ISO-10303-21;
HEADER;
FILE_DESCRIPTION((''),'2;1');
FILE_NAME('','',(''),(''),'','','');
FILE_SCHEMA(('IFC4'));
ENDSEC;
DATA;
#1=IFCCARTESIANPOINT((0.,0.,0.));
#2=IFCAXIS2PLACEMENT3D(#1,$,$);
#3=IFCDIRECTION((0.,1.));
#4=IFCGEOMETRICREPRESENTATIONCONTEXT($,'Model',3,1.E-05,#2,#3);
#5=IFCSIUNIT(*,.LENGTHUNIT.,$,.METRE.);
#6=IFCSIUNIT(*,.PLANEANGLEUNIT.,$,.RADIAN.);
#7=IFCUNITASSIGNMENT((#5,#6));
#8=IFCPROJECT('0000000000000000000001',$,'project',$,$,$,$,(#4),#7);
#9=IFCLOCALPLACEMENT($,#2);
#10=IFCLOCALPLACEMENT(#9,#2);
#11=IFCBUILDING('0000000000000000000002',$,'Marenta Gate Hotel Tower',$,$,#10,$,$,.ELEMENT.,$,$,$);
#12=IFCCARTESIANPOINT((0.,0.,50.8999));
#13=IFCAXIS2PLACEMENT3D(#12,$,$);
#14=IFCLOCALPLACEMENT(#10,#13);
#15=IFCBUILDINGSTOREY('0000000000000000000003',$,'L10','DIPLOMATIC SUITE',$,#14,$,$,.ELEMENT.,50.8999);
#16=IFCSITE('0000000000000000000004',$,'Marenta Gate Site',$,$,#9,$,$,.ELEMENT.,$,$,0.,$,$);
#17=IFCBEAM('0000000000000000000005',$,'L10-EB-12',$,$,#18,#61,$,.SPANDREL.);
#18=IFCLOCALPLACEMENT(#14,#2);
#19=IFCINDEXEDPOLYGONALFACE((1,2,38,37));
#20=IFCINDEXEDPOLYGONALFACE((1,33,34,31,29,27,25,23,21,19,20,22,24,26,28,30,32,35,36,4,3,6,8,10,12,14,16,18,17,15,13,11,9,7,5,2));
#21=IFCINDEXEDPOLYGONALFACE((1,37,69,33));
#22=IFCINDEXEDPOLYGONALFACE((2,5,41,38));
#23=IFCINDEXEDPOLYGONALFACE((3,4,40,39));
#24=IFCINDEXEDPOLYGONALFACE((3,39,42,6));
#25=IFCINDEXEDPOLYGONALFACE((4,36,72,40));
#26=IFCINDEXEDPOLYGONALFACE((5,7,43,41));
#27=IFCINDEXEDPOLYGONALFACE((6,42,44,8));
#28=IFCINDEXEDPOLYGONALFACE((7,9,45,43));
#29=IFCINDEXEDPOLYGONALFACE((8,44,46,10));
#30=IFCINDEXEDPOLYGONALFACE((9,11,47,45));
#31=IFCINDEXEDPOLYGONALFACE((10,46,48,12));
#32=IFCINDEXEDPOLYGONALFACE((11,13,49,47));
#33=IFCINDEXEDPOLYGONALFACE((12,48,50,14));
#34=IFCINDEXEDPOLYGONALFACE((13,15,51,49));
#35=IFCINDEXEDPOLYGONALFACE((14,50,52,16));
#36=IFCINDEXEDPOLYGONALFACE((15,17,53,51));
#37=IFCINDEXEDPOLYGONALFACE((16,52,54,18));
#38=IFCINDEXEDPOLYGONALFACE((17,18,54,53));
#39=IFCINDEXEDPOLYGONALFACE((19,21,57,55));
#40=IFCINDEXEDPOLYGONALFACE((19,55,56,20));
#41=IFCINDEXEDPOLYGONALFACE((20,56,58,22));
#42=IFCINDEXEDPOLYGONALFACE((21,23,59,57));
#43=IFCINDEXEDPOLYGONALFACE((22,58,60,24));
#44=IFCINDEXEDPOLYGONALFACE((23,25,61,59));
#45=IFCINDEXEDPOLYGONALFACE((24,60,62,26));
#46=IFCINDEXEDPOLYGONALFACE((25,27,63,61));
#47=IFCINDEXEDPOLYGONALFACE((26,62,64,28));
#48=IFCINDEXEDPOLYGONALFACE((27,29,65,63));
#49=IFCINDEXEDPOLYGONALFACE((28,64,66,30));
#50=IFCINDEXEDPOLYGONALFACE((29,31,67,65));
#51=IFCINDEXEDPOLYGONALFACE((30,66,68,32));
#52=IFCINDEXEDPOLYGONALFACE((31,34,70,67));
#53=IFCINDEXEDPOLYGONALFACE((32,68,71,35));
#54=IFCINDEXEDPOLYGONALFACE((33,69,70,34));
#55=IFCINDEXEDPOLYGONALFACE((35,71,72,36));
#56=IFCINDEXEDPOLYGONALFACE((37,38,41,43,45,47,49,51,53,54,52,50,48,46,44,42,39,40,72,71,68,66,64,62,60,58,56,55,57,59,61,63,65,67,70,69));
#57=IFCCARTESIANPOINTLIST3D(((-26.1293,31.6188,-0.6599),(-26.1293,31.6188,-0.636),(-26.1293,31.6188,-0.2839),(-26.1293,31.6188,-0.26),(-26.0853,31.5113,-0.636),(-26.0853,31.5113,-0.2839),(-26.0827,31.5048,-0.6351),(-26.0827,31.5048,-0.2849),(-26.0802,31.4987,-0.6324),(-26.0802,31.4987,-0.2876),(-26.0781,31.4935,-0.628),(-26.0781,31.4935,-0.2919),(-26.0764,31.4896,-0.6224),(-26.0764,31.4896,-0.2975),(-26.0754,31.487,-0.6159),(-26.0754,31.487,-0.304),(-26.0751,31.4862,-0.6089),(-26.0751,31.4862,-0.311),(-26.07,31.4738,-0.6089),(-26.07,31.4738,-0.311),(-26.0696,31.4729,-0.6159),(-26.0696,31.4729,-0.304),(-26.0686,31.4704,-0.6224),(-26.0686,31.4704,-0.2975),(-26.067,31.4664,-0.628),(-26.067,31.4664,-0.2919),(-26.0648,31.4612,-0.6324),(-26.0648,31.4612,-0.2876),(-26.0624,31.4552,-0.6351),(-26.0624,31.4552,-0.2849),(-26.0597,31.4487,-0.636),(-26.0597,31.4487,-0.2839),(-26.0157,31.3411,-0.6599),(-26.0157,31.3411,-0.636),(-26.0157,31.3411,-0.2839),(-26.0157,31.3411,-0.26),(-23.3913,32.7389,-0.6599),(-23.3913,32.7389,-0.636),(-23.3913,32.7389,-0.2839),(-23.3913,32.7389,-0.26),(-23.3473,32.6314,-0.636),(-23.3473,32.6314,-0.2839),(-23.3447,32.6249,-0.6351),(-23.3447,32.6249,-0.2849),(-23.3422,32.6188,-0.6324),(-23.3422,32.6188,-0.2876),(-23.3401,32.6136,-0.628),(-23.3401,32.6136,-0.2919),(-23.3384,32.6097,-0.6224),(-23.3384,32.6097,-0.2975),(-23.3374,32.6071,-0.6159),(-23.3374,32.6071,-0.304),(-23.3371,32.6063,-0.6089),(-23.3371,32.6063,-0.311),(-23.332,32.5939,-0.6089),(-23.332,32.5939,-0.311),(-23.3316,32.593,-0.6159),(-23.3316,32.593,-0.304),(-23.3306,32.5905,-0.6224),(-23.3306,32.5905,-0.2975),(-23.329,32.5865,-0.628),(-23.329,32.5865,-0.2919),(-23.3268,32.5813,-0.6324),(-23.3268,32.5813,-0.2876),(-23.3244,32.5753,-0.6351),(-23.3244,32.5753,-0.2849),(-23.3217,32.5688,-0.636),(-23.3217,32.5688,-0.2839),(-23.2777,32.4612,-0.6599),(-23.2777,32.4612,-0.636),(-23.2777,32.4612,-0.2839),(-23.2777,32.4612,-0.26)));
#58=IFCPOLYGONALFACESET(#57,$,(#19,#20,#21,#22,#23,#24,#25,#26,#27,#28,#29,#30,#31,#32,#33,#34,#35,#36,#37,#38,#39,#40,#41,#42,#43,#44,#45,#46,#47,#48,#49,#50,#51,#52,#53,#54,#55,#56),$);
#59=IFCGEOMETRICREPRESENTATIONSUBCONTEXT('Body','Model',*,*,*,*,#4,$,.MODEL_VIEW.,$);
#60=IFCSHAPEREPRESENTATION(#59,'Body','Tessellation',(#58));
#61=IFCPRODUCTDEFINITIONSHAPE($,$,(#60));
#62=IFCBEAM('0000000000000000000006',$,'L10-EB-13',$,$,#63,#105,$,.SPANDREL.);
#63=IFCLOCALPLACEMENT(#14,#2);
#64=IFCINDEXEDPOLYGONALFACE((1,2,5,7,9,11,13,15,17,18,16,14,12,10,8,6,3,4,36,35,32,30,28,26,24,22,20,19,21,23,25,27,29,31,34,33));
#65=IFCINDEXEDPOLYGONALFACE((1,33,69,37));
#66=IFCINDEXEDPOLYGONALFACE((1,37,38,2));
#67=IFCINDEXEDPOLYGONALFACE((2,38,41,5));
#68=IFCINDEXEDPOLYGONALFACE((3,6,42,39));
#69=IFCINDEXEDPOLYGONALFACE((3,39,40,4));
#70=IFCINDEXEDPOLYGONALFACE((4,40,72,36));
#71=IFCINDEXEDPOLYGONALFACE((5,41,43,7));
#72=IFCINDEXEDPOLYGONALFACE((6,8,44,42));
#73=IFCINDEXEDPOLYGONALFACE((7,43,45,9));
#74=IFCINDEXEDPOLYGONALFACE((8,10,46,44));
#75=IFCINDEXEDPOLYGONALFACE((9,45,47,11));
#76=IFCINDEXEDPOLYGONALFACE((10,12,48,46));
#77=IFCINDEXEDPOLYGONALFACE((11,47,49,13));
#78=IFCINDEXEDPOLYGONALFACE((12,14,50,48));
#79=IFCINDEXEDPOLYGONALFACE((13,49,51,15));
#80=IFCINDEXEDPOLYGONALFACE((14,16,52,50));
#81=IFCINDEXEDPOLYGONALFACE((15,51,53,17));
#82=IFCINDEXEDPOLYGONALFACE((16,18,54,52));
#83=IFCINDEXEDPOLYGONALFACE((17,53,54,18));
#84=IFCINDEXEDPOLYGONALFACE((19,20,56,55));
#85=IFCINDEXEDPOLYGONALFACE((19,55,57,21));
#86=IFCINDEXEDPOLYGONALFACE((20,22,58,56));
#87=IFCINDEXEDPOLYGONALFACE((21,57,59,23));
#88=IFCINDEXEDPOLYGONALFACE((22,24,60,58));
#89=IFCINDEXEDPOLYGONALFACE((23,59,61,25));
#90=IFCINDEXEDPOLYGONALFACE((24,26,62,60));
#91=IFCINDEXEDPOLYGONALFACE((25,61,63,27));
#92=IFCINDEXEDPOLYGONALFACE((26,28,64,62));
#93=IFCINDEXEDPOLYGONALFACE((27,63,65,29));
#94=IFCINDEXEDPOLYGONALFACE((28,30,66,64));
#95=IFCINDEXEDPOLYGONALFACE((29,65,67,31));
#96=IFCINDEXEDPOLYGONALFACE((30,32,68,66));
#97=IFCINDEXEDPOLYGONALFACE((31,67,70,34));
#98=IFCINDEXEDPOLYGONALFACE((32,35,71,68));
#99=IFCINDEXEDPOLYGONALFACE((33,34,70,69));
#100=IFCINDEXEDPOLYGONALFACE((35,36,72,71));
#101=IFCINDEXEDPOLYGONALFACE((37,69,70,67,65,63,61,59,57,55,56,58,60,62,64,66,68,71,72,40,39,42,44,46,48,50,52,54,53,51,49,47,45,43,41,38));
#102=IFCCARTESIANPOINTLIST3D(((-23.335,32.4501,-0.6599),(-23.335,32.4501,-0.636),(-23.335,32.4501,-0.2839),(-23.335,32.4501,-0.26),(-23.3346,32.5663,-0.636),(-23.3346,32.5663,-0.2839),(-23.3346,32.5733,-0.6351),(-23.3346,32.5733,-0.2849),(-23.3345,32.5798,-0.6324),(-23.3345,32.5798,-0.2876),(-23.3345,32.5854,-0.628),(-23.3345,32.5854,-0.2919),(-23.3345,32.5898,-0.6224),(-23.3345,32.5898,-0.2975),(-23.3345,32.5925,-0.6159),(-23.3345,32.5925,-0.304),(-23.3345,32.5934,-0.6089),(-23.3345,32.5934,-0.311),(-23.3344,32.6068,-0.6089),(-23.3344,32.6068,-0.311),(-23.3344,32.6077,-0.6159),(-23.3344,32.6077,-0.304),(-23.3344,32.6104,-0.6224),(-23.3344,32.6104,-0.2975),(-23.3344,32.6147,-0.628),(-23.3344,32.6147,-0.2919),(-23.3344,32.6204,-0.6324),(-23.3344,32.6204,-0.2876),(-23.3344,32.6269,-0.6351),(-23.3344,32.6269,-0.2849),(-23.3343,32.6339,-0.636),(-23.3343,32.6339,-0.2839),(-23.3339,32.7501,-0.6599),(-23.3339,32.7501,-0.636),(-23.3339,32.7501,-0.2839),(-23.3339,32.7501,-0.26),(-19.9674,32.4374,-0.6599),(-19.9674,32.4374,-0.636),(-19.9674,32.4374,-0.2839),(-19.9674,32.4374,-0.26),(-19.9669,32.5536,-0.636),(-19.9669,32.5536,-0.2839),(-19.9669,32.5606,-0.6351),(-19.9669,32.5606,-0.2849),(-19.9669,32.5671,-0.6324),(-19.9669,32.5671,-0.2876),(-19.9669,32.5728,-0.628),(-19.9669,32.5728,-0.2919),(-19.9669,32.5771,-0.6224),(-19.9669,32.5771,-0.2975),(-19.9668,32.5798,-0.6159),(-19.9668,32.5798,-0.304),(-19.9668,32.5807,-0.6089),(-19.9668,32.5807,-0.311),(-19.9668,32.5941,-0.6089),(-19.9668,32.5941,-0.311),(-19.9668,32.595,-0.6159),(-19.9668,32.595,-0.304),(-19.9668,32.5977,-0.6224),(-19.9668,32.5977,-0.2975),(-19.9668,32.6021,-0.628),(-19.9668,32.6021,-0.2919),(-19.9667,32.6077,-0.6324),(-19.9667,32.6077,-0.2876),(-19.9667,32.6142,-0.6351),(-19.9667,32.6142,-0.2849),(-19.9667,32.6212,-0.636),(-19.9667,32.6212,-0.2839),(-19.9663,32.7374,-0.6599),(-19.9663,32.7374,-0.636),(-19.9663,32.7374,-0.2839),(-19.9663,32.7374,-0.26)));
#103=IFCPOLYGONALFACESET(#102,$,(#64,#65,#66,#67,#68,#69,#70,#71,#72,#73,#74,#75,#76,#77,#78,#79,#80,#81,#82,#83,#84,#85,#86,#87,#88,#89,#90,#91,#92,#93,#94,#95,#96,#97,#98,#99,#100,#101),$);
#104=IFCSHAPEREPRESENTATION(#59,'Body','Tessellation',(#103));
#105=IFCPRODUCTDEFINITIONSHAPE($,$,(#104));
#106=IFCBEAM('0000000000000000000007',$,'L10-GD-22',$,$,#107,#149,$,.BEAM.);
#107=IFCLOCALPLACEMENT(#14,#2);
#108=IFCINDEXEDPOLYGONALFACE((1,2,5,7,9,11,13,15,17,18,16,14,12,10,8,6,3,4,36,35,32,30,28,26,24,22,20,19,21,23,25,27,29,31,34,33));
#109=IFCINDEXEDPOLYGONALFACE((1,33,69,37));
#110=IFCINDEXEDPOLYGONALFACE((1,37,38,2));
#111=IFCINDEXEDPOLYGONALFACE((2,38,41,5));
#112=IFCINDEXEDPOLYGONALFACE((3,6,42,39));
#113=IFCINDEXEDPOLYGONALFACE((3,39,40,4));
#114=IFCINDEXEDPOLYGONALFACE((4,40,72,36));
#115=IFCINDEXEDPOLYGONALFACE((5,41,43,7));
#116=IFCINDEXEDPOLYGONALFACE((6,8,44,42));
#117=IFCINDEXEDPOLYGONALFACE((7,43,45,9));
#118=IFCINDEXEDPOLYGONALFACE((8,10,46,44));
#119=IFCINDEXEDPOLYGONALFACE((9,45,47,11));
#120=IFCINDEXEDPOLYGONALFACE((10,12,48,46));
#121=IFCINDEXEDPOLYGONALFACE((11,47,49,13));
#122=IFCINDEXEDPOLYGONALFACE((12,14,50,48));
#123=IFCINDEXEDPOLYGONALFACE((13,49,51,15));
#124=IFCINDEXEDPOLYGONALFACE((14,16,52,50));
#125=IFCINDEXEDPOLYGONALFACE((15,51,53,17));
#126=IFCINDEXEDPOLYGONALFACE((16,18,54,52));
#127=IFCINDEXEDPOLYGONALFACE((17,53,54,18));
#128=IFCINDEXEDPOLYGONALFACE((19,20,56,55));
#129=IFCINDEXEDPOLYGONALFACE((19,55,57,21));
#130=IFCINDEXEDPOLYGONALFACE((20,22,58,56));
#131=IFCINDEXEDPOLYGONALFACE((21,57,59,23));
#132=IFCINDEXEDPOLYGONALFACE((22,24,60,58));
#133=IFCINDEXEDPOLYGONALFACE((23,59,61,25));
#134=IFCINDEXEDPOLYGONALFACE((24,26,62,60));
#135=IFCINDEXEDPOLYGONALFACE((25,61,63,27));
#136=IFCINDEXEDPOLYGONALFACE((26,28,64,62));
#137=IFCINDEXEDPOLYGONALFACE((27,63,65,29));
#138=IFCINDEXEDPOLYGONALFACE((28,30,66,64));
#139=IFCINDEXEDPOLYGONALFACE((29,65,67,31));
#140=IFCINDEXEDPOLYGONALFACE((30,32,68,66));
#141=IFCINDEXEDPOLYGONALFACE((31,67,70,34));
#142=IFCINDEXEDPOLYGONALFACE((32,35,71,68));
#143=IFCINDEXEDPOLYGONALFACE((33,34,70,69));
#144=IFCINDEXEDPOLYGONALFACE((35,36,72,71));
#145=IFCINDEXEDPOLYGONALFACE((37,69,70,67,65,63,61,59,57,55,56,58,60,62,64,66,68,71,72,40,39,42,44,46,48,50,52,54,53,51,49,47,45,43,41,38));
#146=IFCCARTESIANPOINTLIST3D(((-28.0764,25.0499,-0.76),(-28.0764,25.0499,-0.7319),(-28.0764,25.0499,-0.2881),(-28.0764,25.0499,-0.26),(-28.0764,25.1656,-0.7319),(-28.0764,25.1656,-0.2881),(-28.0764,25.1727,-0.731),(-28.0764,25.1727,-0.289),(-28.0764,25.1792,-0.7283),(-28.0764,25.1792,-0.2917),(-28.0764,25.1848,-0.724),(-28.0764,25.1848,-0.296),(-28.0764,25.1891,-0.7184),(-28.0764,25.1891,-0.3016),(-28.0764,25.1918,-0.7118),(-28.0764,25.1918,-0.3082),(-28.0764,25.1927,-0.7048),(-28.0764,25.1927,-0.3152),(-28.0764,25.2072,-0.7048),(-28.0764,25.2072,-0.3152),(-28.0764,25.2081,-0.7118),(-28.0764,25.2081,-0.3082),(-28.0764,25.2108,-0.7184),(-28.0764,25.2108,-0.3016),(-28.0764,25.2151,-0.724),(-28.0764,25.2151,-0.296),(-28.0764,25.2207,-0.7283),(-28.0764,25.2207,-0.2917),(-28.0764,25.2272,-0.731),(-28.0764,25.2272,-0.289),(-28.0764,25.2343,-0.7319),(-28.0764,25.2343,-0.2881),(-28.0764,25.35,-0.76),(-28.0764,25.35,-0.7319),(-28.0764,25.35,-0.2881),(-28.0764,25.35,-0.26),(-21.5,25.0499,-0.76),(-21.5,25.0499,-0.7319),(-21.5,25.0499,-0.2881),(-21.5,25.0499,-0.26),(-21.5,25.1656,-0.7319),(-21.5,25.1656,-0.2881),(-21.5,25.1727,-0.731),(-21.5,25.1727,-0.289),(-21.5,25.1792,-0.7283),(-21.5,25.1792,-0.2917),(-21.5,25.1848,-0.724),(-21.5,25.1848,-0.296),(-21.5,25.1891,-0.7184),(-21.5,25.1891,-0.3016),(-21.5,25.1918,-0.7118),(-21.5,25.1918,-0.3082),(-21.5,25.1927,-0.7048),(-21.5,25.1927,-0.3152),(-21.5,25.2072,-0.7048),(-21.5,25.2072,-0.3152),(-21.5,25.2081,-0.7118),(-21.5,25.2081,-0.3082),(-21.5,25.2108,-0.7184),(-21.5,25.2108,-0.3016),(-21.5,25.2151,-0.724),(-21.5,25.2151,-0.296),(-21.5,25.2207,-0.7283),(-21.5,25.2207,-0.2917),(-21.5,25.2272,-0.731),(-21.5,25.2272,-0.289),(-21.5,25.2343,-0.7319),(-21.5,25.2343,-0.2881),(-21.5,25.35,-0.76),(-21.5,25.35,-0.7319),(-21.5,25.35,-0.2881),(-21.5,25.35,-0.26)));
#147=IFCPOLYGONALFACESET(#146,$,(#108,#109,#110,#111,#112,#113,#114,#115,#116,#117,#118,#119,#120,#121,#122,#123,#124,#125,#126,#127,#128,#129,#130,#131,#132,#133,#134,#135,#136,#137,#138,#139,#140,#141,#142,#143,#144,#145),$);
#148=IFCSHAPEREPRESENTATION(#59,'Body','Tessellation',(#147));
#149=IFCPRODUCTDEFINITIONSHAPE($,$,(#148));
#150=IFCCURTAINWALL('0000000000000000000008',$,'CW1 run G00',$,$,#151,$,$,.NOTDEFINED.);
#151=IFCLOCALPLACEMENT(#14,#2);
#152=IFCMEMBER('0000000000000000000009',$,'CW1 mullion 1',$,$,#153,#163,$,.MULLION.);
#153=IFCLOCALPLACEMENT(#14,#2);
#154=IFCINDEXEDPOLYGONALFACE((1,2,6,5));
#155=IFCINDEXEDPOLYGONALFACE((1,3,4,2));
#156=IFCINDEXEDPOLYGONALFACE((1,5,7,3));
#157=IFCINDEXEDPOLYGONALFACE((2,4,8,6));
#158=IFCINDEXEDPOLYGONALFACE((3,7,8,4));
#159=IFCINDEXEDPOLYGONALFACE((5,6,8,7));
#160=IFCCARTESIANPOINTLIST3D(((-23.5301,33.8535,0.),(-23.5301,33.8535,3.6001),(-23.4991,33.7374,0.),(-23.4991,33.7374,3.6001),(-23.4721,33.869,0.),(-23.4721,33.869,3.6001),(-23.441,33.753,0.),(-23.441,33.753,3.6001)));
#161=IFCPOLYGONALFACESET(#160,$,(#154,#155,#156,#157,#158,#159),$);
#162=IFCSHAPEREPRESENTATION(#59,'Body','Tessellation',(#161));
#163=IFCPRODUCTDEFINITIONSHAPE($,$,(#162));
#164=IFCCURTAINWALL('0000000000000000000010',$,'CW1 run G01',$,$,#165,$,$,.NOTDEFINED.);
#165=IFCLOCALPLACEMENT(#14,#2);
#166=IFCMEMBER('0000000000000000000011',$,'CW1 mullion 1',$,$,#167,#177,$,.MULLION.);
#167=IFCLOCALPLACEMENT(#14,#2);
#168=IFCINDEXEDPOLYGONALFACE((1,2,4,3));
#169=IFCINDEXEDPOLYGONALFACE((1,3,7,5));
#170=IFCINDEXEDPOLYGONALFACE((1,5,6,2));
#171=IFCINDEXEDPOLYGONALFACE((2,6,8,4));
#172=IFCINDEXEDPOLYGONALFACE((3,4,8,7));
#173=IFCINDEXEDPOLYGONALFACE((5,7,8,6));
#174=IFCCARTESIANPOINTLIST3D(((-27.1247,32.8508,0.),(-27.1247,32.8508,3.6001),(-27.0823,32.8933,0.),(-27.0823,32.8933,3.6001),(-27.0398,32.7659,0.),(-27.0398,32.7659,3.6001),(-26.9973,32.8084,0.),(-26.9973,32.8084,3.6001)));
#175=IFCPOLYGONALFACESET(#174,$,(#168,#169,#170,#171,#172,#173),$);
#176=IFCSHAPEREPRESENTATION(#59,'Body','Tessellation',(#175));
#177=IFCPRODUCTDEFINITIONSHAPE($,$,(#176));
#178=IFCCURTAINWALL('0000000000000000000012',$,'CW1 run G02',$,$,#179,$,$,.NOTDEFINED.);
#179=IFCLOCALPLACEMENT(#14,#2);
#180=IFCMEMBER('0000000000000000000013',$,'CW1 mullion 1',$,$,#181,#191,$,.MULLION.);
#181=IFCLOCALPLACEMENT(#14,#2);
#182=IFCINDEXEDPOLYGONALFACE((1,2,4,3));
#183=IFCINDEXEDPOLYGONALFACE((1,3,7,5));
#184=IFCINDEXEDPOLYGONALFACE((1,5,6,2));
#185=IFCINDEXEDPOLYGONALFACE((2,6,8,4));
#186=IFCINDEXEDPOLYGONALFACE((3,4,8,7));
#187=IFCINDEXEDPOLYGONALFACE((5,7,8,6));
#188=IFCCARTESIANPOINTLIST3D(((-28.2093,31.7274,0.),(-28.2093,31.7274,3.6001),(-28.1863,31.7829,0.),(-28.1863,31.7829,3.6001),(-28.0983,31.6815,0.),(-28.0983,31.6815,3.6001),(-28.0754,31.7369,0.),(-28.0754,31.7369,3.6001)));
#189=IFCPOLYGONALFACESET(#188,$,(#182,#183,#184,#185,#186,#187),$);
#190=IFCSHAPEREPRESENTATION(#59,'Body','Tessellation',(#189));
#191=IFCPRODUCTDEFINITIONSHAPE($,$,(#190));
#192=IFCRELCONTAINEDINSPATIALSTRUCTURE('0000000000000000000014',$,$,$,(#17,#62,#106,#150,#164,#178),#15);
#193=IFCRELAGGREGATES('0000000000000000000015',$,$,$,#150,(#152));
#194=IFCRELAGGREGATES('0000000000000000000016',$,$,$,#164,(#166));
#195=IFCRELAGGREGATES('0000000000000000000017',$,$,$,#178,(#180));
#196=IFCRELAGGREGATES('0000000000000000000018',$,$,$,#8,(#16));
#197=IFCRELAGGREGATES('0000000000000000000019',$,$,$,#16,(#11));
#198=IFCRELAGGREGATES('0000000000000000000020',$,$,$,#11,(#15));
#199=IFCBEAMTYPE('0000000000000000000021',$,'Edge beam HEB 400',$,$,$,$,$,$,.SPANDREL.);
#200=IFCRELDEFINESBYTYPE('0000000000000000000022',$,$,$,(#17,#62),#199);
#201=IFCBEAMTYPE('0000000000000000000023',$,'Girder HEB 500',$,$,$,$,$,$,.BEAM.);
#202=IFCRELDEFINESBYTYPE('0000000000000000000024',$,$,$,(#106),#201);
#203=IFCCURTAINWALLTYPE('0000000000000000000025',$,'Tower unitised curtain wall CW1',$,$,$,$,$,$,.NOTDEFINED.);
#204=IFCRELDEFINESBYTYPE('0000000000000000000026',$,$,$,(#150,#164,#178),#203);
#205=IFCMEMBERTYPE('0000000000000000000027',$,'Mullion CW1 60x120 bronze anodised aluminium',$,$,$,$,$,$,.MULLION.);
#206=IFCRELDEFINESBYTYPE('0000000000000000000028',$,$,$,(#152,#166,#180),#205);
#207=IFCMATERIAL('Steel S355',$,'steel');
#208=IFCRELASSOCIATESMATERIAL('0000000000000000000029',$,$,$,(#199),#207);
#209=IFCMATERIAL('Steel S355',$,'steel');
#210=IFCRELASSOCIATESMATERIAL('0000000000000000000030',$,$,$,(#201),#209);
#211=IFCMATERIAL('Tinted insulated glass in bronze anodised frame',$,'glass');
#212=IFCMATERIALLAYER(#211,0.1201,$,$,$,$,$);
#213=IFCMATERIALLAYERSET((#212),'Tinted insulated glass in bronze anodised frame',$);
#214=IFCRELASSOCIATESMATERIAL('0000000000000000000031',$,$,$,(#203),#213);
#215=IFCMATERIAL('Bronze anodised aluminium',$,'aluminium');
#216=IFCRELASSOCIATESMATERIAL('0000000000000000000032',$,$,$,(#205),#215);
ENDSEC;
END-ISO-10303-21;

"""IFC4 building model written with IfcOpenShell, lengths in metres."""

from ifc_helpers import new_model, si_unit, direction, frame, origin, origin_2d, place, context, subcontext, project, spatial, rectangle, i_section, extrude, material, layer, layer_set, material_profile, profile_set, type_object, element, aggregate, save


model = new_model("IFC4")

# Units and contexts
model_context = context("Model", 3, precision=1e-05, world=origin(), true_north=direction((0.0, 1.0)))
body_context = subcontext(model_context, "Body", "Model", "MODEL_VIEW")
ifc_project = project(units=[si_unit("LENGTHUNIT", "METRE"), si_unit("PLANEANGLEUNIT", "RADIAN")], contexts=[model_context])

# Site, building, storey
site_placement = place(None, origin())
site = spatial("IfcSite", under=ifc_project, at=site_placement, Name="Marenta Gate Site", CompositionType="ELEMENT", RefElevation=0.0)
building_placement = place(site_placement, origin())
building = spatial("IfcBuilding", under=site, at=building_placement, Name="Marenta Gate Hotel Tower", CompositionType="ELEMENT")
storey_placement = place(building_placement, frame((0.0, 0.0, 50.8999)))
storey = spatial("IfcBuildingStorey", under=building, at=storey_placement, Name="L10", Description="DIPLOMATIC SUITE", CompositionType="ELEMENT", Elevation=50.8999)

# Beams
ifc_material_1 = material(Name="Steel S355", Category="steel")
ifc_material_profile_1 = material_profile(ifc_material_1, i_section(OverallWidth=0.3, OverallDepth=0.3999, WebThickness=0.0134, FlangeThickness=0.0239, FilletRadius=0.0271, at=origin_2d()), Name="HEB 400")
ifc_profile_set_1 = profile_set([ifc_material_profile_1], Name="Steel S355")
beam_type_1 = type_object("IfcBeamType", Name="Edge beam HEB 400", PredefinedType="SPANDREL", material=ifc_profile_set_1)
beam_1_placement = place(storey_placement, frame((-26.0725, 31.48, -0.46), z_axis=(0.925546, 0.378636, 0.0), x_axis=(-0.378636, 0.925546, 0.0)))
element("IfcBeam", 1, at=beam_1_placement, inside=storey, type_object=beam_type_1, Name="L10-EB-12", PredefinedType="SPANDREL", context=body_context, shape_type="SweptSolid", body=[
    extrude(i_section(OverallWidth=0.3, OverallDepth=0.3999, WebThickness=0.0134, FlangeThickness=0.0239, FilletRadius=0.0271, at=origin_2d()), origin(), (0.0, 0.0, 1.0), 2.9583),
])
beam_2_placement = place(storey_placement, frame((-23.3345, 32.6001, -0.46), z_axis=(0.999993, -0.00377, 0.0), x_axis=(0.00377, 0.999993, 0.0)))
element("IfcBeam", 2, at=beam_2_placement, inside=storey, type_object=beam_type_1, Name="L10-EB-13", PredefinedType="SPANDREL", context=body_context, shape_type="SweptSolid", body=[
    extrude(i_section(OverallWidth=0.3, OverallDepth=0.3999, WebThickness=0.0134, FlangeThickness=0.0239, FilletRadius=0.0271, at=origin_2d()), origin(), (0.0, 0.0, 1.0), 3.3677),
])
ifc_material_2 = material(Name="Steel S355", Category="steel")
ifc_material_profile_2 = material_profile(ifc_material_2, i_section(OverallWidth=0.3, OverallDepth=0.5, WebThickness=0.0144, FlangeThickness=0.0281, FilletRadius=0.0271, at=origin_2d()), Name="HEB 500")
ifc_profile_set_2 = profile_set([ifc_material_profile_2], Name="Steel S355")
beam_type_2 = type_object("IfcBeamType", Name="Girder HEB 500", PredefinedType="BEAM", material=ifc_profile_set_2)
beam_3_placement = place(storey_placement, frame((-28.0764, 25.2, -0.51), z_axis=(1.0, 0.0, 0.0), x_axis=(0.0, 1.0, 0.0)))
element("IfcBeam", 3, at=beam_3_placement, inside=storey, type_object=beam_type_2, Name="L10-GD-22", PredefinedType="BEAM", context=body_context, shape_type="SweptSolid", body=[
    extrude(i_section(OverallWidth=0.3, OverallDepth=0.5, WebThickness=0.0144, FlangeThickness=0.0281, FilletRadius=0.0271, at=origin_2d()), origin(), (0.0, 0.0, 1.0), 6.5764),
])

# Curtain walls, members
ifc_material_3 = material(Name="Tinted insulated glass in bronze anodised frame", Category="glass")
ifc_layer_1 = layer(ifc_material_3, 0.1201)
ifc_layer_set_1 = layer_set([ifc_layer_1], Name="Tinted insulated glass in bronze anodised frame")
curtain_wall_type = type_object("IfcCurtainWallType", Name="Tower unitised curtain wall CW1", PredefinedType="NOTDEFINED", material=ifc_layer_set_1)
curtain_wall_1_placement = place(storey_placement, origin())
curtain_wall_1 = element("IfcCurtainWall", 4, at=curtain_wall_1_placement, inside=storey, type_object=curtain_wall_type, Name="CW1 run G00", PredefinedType="NOTDEFINED")
ifc_material_4 = material(Name="Bronze anodised aluminium", Category="aluminium")
ifc_material_profile_3 = material_profile(ifc_material_4, rectangle(XDim=0.1201, YDim=0.0601, at=origin_2d()), Name="Mullion CW1 60x120 bronze anodised aluminium")
ifc_profile_set_3 = profile_set([ifc_material_profile_3], Name="Bronze anodised aluminium")
member_type_1 = type_object("IfcMemberType", Name="Mullion CW1 60x120 bronze anodised aluminium", PredefinedType="MULLION", material=ifc_profile_set_3)
member_1_placement = place(storey_placement, frame((-23.4856, 33.8032, 0.0), z_axis=(0.0, 0.0, 1.0), x_axis=(0.258802, -0.96593, 0.0)))
member_1 = element("IfcMember", 5, at=member_1_placement, type_object=member_type_1, Name="CW1 mullion 1", PredefinedType="MULLION", context=body_context, shape_type="SweptSolid", body=[
    extrude(rectangle(XDim=0.1201, YDim=0.0601, at=origin_2d()), origin(), (0.0, 0.0, 1.0), 3.6001),
])
curtain_wall_2_placement = place(storey_placement, origin())
curtain_wall_2 = element("IfcCurtainWall", 6, at=curtain_wall_2_placement, inside=storey, type_object=curtain_wall_type, Name="CW1 run G01", PredefinedType="NOTDEFINED")
member_2_placement = place(storey_placement, frame((-27.061, 32.8296, 0.0), z_axis=(0.0, 0.0, 1.0), x_axis=(0.707107, -0.707107, 0.0)))
member_2 = element("IfcMember", 7, at=member_2_placement, type_object=member_type_1, Name="CW1 mullion 1", PredefinedType="MULLION", context=body_context, shape_type="SweptSolid", body=[
    extrude(rectangle(XDim=0.1201, YDim=0.0601, at=origin_2d()), origin(), (0.0, 0.0, 1.0), 3.6001),
])
curtain_wall_3_placement = place(storey_placement, origin())
curtain_wall_3 = element("IfcCurtainWall", 8, at=curtain_wall_3_placement, inside=storey, type_object=curtain_wall_type, Name="CW1 run G02", PredefinedType="NOTDEFINED")
member_3_placement = place(storey_placement, frame((-28.1423, 31.7322, 0.0), z_axis=(0.0, 0.0, 1.0), x_axis=(0.923885, -0.38267, 0.0)))
member_3 = element("IfcMember", 9, at=member_3_placement, type_object=member_type_1, Name="CW1 mullion 1", PredefinedType="MULLION", context=body_context, shape_type="SweptSolid", body=[
    extrude(rectangle(XDim=0.1201, YDim=0.0601, at=origin_2d()), origin(), (0.0, 0.0, 1.0), 3.6001),
])

aggregate(curtain_wall_1, [member_1])
aggregate(curtain_wall_2, [member_2])
aggregate(curtain_wall_3, [member_3])

save(model, "model.ifc")
